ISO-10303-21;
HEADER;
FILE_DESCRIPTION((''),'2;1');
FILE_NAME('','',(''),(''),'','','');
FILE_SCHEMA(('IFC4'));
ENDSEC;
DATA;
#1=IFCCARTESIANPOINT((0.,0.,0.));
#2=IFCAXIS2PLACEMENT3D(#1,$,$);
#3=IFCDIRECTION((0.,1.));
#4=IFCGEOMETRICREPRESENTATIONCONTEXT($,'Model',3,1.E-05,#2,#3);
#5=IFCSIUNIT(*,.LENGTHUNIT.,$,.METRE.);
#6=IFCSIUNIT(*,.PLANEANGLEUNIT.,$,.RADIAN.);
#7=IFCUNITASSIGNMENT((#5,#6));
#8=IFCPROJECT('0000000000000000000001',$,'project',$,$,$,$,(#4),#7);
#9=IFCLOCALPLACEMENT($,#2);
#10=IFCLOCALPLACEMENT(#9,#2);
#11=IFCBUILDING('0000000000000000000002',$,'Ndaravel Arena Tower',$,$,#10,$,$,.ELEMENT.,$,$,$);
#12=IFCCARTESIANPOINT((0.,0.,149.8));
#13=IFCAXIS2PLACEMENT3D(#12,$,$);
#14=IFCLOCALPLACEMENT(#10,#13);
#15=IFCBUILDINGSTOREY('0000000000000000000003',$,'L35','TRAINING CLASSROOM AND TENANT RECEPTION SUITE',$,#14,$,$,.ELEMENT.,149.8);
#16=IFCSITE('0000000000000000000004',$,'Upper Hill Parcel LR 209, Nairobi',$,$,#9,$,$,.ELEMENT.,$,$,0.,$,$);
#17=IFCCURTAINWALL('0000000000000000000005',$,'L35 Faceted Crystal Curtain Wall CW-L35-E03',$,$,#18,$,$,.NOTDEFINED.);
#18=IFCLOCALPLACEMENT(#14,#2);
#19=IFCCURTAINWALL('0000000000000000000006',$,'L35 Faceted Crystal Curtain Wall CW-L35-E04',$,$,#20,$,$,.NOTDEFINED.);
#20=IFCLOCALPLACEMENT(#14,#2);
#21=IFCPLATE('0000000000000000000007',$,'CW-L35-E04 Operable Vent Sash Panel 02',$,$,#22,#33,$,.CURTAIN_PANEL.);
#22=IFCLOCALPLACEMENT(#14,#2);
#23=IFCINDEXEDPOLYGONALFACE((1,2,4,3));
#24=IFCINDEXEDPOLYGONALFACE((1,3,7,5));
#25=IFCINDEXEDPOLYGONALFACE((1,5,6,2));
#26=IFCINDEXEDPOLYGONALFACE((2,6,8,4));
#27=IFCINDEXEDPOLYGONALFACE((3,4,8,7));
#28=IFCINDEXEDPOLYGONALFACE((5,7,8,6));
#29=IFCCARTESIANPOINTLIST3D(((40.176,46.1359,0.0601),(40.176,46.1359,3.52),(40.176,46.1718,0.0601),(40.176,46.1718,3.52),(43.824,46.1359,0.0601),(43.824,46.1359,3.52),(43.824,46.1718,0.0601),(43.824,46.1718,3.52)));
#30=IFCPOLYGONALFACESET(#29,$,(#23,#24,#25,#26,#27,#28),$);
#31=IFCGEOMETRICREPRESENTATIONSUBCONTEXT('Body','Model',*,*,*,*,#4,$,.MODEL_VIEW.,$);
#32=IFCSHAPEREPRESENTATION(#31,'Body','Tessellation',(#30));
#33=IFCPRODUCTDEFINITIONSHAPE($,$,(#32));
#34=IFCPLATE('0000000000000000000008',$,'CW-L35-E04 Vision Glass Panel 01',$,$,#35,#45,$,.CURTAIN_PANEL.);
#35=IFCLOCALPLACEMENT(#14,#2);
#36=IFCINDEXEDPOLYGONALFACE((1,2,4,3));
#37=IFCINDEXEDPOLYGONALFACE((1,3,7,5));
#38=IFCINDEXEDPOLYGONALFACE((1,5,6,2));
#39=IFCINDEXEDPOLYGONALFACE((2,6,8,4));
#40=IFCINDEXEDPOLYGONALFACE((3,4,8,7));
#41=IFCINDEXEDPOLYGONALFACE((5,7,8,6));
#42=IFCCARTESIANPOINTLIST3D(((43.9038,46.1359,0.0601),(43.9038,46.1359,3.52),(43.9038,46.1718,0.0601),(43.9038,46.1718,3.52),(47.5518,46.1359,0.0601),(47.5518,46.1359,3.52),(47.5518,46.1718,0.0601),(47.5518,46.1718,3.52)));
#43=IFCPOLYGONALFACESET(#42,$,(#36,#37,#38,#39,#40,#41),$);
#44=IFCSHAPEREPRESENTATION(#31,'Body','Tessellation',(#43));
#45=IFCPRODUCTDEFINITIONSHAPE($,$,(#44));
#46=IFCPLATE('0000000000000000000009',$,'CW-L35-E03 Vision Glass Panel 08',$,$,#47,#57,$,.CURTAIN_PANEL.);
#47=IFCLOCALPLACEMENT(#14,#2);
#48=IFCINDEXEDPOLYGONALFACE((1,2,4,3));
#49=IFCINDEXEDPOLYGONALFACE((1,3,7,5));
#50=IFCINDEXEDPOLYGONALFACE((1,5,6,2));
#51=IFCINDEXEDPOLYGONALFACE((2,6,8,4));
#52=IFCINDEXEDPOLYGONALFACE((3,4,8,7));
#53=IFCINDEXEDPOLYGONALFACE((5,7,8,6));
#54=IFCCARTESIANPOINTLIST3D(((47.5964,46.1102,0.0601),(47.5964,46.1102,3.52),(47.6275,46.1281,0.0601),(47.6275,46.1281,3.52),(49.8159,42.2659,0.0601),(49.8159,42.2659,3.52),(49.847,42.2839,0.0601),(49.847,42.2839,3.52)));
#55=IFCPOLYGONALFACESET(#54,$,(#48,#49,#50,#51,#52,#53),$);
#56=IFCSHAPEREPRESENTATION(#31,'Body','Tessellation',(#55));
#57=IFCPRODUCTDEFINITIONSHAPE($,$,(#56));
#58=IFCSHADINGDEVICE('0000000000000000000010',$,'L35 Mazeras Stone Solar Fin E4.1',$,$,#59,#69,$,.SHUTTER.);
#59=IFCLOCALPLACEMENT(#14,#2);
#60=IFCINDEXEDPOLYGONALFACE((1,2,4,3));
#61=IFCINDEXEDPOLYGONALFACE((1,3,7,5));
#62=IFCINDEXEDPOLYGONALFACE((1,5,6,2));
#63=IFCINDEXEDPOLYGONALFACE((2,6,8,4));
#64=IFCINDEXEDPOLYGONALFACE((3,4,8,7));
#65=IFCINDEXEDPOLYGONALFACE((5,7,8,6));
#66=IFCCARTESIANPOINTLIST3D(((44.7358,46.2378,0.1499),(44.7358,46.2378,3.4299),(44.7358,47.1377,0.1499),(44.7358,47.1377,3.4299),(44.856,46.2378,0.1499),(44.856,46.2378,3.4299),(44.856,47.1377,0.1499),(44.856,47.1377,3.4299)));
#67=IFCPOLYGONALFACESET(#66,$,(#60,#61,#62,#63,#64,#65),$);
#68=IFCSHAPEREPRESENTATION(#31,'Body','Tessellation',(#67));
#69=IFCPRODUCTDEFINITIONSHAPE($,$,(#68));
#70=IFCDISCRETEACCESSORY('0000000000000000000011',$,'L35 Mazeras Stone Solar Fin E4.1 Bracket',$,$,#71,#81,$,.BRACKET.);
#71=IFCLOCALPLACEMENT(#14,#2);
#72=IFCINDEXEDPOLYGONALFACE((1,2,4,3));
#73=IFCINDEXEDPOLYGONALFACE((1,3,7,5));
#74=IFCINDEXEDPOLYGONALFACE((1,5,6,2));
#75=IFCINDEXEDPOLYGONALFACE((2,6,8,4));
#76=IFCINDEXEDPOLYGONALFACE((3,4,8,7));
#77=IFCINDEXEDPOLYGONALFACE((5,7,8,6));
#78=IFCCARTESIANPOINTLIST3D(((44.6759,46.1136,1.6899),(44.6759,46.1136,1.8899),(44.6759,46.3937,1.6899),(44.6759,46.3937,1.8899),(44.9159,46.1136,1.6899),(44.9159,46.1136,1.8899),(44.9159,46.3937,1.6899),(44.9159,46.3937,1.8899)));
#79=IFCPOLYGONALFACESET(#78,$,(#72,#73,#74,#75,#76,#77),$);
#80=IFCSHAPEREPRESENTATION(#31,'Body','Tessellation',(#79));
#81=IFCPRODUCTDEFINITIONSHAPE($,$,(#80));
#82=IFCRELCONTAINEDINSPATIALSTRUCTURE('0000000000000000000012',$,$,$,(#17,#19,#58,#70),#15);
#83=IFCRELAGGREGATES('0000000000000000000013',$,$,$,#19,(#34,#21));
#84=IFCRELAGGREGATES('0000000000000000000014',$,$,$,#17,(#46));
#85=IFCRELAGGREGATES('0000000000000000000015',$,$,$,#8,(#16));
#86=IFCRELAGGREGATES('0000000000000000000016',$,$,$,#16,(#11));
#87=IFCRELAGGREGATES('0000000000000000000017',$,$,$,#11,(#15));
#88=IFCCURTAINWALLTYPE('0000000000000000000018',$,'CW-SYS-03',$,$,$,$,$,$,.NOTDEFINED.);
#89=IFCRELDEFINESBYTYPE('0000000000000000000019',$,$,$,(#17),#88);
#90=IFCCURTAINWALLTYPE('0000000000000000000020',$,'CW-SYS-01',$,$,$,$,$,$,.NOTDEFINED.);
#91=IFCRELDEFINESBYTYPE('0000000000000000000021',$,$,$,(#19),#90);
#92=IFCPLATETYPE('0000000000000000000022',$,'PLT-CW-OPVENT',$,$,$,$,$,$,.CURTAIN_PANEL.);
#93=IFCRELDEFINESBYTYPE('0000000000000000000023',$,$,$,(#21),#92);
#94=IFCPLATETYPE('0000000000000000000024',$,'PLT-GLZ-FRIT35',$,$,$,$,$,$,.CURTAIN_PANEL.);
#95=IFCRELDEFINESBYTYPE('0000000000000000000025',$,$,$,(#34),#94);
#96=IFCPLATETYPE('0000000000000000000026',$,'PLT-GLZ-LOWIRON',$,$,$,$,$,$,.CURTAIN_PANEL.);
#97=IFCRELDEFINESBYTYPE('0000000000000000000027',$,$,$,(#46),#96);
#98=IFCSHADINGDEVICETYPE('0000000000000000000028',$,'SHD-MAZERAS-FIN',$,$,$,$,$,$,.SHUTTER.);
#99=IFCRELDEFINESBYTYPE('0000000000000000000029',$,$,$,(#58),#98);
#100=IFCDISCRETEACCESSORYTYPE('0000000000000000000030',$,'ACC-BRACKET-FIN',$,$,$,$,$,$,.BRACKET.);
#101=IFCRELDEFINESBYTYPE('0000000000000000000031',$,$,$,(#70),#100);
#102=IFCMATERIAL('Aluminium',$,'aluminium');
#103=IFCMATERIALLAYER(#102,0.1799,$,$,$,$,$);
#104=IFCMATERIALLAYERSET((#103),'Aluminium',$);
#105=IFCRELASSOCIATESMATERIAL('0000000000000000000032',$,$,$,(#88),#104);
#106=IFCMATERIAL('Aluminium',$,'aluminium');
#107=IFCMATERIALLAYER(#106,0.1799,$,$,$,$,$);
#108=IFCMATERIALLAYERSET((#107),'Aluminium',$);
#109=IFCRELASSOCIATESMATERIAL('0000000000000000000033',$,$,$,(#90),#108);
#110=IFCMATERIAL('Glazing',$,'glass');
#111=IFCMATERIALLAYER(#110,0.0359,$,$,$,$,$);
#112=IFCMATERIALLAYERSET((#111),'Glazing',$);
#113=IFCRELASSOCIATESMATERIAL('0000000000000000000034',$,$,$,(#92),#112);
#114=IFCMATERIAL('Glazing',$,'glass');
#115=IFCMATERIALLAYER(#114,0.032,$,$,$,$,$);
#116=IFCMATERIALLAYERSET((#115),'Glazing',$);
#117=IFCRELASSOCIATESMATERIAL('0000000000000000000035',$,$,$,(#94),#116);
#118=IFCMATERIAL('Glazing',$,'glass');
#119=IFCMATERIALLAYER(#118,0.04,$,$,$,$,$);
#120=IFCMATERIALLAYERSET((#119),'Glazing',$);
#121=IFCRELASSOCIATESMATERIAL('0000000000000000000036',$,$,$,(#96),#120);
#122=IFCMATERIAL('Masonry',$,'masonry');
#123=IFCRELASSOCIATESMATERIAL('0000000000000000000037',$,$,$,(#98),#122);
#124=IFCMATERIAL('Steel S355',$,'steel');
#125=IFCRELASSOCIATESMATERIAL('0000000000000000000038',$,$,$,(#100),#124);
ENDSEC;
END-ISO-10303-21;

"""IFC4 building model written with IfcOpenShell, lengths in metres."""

from ifc_helpers import new_model, si_unit, direction, frame, origin, origin_2d, place, context, subcontext, project, spatial, rectangle, extrude, material, layer, layer_set, type_object, element, aggregate, save


model = new_model("IFC4")

# Units and contexts
model_context = context("Model", 3, precision=1e-05, world=origin(), true_north=direction((0.0, 1.0)))
body_context = subcontext(model_context, "Body", "Model", "MODEL_VIEW")
ifc_project = project(units=[si_unit("LENGTHUNIT", "METRE"), si_unit("PLANEANGLEUNIT", "RADIAN")], contexts=[model_context])

# Site, building, storey
site_placement = place(None, origin())
site = spatial("IfcSite", under=ifc_project, at=site_placement, Name="Upper Hill Parcel LR 209, Nairobi", CompositionType="ELEMENT", RefElevation=0.0)
building_placement = place(site_placement, origin())
building = spatial("IfcBuilding", under=site, at=building_placement, Name="Ndaravel Arena Tower", CompositionType="ELEMENT")
storey_placement = place(building_placement, frame((0.0, 0.0, 149.8)))
storey = spatial("IfcBuildingStorey", under=building, at=storey_placement, Name="L35", Description="TRAINING CLASSROOM AND TENANT RECEPTION SUITE", CompositionType="ELEMENT", Elevation=149.8)

# Curtain wall
ifc_material_1 = material(Name="Aluminium", Category="aluminium")
ifc_layer_1 = layer(ifc_material_1, 0.1799)
ifc_layer_set_1 = layer_set([ifc_layer_1], Name="Aluminium")
curtain_wall_type_1 = type_object("IfcCurtainWallType", Name="CW-SYS-03", PredefinedType="NOTDEFINED", material=ifc_layer_set_1)
curtain_wall_1_placement = place(storey_placement, origin())
curtain_wall_1 = element("IfcCurtainWall", 1, at=curtain_wall_1_placement, inside=storey, type_object=curtain_wall_type_1, Name="L35 Faceted Crystal Curtain Wall CW-L35-E03", PredefinedType="NOTDEFINED")

# Curtain wall, plates
ifc_material_2 = material(Name="Aluminium", Category="aluminium")
ifc_layer_2 = layer(ifc_material_2, 0.1799)
ifc_layer_set_2 = layer_set([ifc_layer_2], Name="Aluminium")
curtain_wall_type_2 = type_object("IfcCurtainWallType", Name="CW-SYS-01", PredefinedType="NOTDEFINED", material=ifc_layer_set_2)
curtain_wall_2_placement = place(storey_placement, origin())
curtain_wall_2 = element("IfcCurtainWall", 2, at=curtain_wall_2_placement, inside=storey, type_object=curtain_wall_type_2, Name="L35 Faceted Crystal Curtain Wall CW-L35-E04", PredefinedType="NOTDEFINED")
ifc_material_3 = material(Name="Glazing", Category="glass")
ifc_layer_3 = layer(ifc_material_3, 0.0359)
ifc_layer_set_3 = layer_set([ifc_layer_3], Name="Glazing")
plate_type_1 = type_object("IfcPlateType", Name="PLT-CW-OPVENT", PredefinedType="CURTAIN_PANEL", material=ifc_layer_set_3)
plate_1_placement = place(storey_placement, frame((42.0, 46.1538, 0.0601), z_axis=(0.0, 0.0, 1.0), x_axis=(-1.0, 0.0, 0.0)))
plate_1 = element("IfcPlate", 3, at=plate_1_placement, type_object=plate_type_1, Name="CW-L35-E04 Operable Vent Sash Panel 02", PredefinedType="CURTAIN_PANEL", context=body_context, shape_type="SweptSolid", body=[
    extrude(rectangle(XDim=3.6479, YDim=0.0359, at=origin_2d()), origin(), (0.0, 0.0, 1.0), 3.46),
])
ifc_material_4 = material(Name="Glazing", Category="glass")
ifc_layer_4 = layer(ifc_material_4, 0.032)
ifc_layer_set_4 = layer_set([ifc_layer_4], Name="Glazing")
plate_type_2 = type_object("IfcPlateType", Name="PLT-GLZ-FRIT35", PredefinedType="CURTAIN_PANEL", material=ifc_layer_set_4)
plate_2_placement = place(storey_placement, frame((45.7278, 46.1538, 0.0601), z_axis=(0.0, 0.0, 1.0), x_axis=(-1.0, 0.0, 0.0)))
plate_2 = element("IfcPlate", 4, at=plate_2_placement, type_object=plate_type_2, Name="CW-L35-E04 Vision Glass Panel 01", PredefinedType="CURTAIN_PANEL", context=body_context, shape_type="SweptSolid", body=[
    extrude(rectangle(XDim=3.6479, YDim=0.0359, at=origin_2d()), origin(), (0.0, 0.0, 1.0), 3.46),
])
aggregate(curtain_wall_2, [plate_2, plate_1])

# Plate
ifc_material_5 = material(Name="Glazing", Category="glass")
ifc_layer_5 = layer(ifc_material_5, 0.04)
ifc_layer_set_5 = layer_set([ifc_layer_5], Name="Glazing")
plate_type_3 = type_object("IfcPlateType", Name="PLT-GLZ-LOWIRON", PredefinedType="CURTAIN_PANEL", material=ifc_layer_set_5)
plate_3_placement = place(storey_placement, frame((48.7217, 44.197, 0.0601), z_axis=(0.0, 0.0, 1.0), x_axis=(-0.5, 0.866025, 0.0)))
plate_3 = element("IfcPlate", 5, at=plate_3_placement, type_object=plate_type_3, Name="CW-L35-E03 Vision Glass Panel 08", PredefinedType="CURTAIN_PANEL", context=body_context, shape_type="SweptSolid", body=[
    extrude(rectangle(XDim=4.439, YDim=0.0359, at=origin_2d()), origin(), (0.0, 0.0, 1.0), 3.46),
])
aggregate(curtain_wall_1, [plate_3])

# Shading device
ifc_material_6 = material(Name="Masonry", Category="masonry")
shading_device_type = type_object("IfcShadingDeviceType", Name="SHD-MAZERAS-FIN", PredefinedType="SHUTTER", material=ifc_material_6)
shading_device_placement = place(storey_placement, frame((44.7959, 46.6877, 0.1499), z_axis=(0.0, 0.0, 1.0), x_axis=(0.0, 1.0, 0.0)))
element("IfcShadingDevice", 6, at=shading_device_placement, inside=storey, type_object=shading_device_type, Name="L35 Mazeras Stone Solar Fin E4.1", PredefinedType="SHUTTER", context=body_context, shape_type="SweptSolid", body=[
    extrude(rectangle(XDim=0.8999, YDim=0.1201, at=origin_2d()), origin(), (0.0, 0.0, 1.0), 3.28),
])

# Discrete accessory
ifc_material_7 = material(Name="Steel S355", Category="steel")
discrete_accessory_type = type_object("IfcDiscreteAccessoryType", Name="ACC-BRACKET-FIN", PredefinedType="BRACKET", material=ifc_material_7)
discrete_accessory_placement = place(storey_placement, frame((44.7959, 46.2537, 1.6899), z_axis=(0.0, 0.0, 1.0), x_axis=(0.0, 1.0, 0.0)))
element("IfcDiscreteAccessory", 7, at=discrete_accessory_placement, inside=storey, type_object=discrete_accessory_type, Name="L35 Mazeras Stone Solar Fin E4.1 Bracket", PredefinedType="BRACKET", context=body_context, shape_type="SweptSolid", body=[
    extrude(rectangle(XDim=0.28, YDim=0.24, at=origin_2d()), origin(), (0.0, 0.0, 1.0), 0.2),
])

save(model, "model.ifc")
